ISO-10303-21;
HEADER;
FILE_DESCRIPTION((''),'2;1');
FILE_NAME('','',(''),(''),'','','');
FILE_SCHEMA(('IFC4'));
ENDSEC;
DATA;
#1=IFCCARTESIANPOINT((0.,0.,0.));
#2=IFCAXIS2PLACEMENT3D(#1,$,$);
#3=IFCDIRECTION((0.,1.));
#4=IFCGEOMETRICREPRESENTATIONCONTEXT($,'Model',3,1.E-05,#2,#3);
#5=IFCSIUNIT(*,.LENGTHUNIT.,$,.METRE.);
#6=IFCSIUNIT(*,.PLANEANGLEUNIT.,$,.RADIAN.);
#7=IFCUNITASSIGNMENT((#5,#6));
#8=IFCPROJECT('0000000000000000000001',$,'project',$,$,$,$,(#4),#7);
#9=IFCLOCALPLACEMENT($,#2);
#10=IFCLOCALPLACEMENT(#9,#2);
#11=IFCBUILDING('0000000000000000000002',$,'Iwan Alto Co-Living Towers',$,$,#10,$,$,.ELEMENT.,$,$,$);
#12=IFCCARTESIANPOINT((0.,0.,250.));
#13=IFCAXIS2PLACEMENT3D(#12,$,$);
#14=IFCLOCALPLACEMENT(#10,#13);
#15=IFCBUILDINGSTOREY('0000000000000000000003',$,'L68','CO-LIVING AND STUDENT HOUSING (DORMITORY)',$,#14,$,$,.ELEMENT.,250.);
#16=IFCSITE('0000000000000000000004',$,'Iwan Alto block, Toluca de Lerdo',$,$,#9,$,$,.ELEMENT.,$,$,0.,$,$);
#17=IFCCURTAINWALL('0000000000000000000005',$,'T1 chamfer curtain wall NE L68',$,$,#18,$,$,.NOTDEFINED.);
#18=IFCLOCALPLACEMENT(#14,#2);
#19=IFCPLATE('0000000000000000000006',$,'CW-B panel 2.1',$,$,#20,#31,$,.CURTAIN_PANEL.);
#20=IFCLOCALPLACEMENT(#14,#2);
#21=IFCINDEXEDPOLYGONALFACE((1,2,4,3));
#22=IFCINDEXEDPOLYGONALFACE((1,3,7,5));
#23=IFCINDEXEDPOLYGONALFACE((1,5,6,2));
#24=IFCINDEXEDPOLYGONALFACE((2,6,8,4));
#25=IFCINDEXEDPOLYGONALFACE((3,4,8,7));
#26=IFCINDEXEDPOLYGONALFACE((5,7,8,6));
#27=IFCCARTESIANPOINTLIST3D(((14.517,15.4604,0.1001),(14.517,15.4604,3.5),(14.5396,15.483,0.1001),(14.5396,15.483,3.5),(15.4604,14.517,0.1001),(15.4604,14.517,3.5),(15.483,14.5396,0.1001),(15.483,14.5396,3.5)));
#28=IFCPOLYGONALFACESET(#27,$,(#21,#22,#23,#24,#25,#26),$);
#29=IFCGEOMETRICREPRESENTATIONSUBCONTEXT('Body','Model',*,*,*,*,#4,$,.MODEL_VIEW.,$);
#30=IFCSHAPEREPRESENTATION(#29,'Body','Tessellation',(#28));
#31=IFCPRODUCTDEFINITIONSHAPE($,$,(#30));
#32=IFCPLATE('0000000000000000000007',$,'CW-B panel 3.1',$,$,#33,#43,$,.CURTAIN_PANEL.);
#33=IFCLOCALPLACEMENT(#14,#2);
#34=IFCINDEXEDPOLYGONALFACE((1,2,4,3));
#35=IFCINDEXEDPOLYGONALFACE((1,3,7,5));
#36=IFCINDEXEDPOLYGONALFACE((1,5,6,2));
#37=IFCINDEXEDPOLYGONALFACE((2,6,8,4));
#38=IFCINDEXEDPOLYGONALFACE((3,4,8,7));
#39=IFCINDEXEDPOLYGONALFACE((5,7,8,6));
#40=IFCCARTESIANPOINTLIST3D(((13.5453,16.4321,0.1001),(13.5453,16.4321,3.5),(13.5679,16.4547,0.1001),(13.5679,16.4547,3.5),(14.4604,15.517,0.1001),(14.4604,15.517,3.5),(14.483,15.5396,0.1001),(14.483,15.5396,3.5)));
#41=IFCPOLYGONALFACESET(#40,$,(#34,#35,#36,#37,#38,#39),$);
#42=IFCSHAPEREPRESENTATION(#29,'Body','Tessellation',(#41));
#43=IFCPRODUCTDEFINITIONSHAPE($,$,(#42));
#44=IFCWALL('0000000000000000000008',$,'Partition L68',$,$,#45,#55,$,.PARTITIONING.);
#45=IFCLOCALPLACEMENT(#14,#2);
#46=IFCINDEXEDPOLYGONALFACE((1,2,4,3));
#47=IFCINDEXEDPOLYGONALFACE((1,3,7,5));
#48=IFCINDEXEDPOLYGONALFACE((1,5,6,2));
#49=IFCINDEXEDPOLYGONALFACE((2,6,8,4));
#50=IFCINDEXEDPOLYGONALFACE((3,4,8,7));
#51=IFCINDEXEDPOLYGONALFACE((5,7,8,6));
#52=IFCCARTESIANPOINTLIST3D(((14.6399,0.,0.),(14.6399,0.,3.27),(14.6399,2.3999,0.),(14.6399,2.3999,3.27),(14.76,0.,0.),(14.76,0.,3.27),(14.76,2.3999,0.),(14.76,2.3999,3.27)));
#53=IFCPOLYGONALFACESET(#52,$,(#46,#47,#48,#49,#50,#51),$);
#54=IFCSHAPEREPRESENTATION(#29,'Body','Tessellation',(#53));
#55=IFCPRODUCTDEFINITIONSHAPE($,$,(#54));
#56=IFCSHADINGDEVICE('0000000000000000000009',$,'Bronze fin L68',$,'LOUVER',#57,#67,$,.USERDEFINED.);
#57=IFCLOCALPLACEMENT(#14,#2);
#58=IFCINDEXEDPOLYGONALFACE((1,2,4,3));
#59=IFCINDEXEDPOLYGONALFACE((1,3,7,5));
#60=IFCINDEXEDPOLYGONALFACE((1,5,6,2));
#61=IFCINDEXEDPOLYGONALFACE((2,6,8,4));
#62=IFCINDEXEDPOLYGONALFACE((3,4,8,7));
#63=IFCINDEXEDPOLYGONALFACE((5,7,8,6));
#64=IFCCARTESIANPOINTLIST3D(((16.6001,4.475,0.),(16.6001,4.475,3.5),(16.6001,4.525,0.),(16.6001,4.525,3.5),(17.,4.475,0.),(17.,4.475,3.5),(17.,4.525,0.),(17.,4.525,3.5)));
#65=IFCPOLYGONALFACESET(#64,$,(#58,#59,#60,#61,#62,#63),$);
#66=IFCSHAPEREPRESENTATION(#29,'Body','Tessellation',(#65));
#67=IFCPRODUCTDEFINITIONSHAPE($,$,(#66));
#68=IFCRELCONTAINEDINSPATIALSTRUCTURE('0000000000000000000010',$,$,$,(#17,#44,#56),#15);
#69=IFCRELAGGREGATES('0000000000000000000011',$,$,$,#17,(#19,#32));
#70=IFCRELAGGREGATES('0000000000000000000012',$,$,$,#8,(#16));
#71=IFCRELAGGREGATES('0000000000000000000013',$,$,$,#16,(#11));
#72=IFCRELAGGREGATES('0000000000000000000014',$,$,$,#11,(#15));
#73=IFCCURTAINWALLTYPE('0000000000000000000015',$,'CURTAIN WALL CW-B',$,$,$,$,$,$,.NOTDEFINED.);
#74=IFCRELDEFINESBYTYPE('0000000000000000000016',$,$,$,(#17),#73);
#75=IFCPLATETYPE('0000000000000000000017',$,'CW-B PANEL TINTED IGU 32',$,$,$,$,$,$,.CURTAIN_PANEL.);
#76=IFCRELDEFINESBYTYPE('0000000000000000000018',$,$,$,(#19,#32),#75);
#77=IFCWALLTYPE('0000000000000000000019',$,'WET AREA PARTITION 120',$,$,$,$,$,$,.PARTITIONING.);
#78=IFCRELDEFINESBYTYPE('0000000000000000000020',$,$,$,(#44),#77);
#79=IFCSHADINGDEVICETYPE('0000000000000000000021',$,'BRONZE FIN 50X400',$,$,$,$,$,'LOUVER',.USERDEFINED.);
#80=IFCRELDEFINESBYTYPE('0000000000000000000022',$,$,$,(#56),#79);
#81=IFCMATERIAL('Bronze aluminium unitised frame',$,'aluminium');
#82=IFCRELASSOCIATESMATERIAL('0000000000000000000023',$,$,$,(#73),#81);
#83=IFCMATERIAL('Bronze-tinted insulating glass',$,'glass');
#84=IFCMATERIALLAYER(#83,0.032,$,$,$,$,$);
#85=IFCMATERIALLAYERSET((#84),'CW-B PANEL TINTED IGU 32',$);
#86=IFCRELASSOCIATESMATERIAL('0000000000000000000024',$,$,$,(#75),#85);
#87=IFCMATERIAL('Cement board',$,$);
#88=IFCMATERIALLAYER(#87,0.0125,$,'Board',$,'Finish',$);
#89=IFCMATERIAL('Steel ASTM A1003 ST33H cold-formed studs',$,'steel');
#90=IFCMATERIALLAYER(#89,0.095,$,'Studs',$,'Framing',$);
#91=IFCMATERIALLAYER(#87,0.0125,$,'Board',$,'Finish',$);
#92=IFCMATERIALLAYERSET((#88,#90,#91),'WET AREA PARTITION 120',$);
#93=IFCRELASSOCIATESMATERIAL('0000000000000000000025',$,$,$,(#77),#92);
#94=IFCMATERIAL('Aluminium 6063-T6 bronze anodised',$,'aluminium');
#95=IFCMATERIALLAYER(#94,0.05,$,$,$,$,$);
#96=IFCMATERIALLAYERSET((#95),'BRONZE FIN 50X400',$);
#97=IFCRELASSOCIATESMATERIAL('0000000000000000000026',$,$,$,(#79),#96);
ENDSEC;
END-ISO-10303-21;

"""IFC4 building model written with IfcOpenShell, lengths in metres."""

from ifc_helpers import new_model, si_unit, direction, frame, frame_2d, origin, origin_2d, place, context, subcontext, project, spatial, rectangle, extrude, material, layer, layer_set, type_object, element, aggregate, save


model = new_model("IFC4")

# Units and contexts
model_context = context("Model", 3, precision=1e-05, world=origin(), true_north=direction((0.0, 1.0)))
body_context = subcontext(model_context, "Body", "Model", "MODEL_VIEW")
ifc_project = project(units=[si_unit("LENGTHUNIT", "METRE"), si_unit("PLANEANGLEUNIT", "RADIAN")], contexts=[model_context])

# Site, building, storey
site_placement = place(None, origin())
site = spatial("IfcSite", under=ifc_project, at=site_placement, Name="Iwan Alto block, Toluca de Lerdo", CompositionType="ELEMENT", RefElevation=0.0)
building_placement = place(site_placement, origin())
building = spatial("IfcBuilding", under=site, at=building_placement, Name="Iwan Alto Co-Living Towers", CompositionType="ELEMENT")
storey_placement = place(building_placement, frame((0.0, 0.0, 250.0)))
storey = spatial("IfcBuildingStorey", under=building, at=storey_placement, Name="L68", Description="CO-LIVING AND STUDENT HOUSING (DORMITORY)", CompositionType="ELEMENT", Elevation=250.0)

# Curtain wall
ifc_material_1 = material(Name="Bronze aluminium unitised frame", Category="aluminium")
curtain_wall_type_1 = type_object("IfcCurtainWallType", Name="CURTAIN WALL CW-B", PredefinedType="NOTDEFINED", material=ifc_material_1)
curtain_wall_1_placement = place(storey_placement, origin())
curtain_wall_1 = element("IfcCurtainWall", 1, at=curtain_wall_1_placement, inside=storey, type_object=curtain_wall_type_1, Name="T1 chamfer curtain wall NE L68", PredefinedType="NOTDEFINED")

# Plates
ifc_material_2 = material(Name="Bronze-tinted insulating glass", Category="glass")
ifc_layer_1 = layer(ifc_material_2, 0.032)
ifc_layer_set_1 = layer_set([ifc_layer_1], Name="CW-B PANEL TINTED IGU 32")
plate_type_1 = type_object("IfcPlateType", Name="CW-B PANEL TINTED IGU 32", PredefinedType="CURTAIN_PANEL", material=ifc_layer_set_1)
plate_1_placement = place(storey_placement, frame((15.0, 15.0, 0.1001), z_axis=(0.0, 0.0, 1.0), x_axis=(-0.707107, 0.707107, 0.0)))
plate_1 = element("IfcPlate", 2, at=plate_1_placement, type_object=plate_type_1, Name="CW-B panel 2.1", PredefinedType="CURTAIN_PANEL", context=body_context, shape_type="SweptSolid", body=[
    extrude(rectangle(XDim=1.3342, YDim=0.032, at=origin_2d()), origin(), (0.0, 0.0, 1.0), 3.3999),
])
plate_2_placement = place(storey_placement, frame((14.0142, 15.9858, 0.1001), z_axis=(0.0, 0.0, 1.0), x_axis=(-0.707107, 0.707107, 0.0)))
plate_2 = element("IfcPlate", 3, at=plate_2_placement, type_object=plate_type_1, Name="CW-B panel 3.1", PredefinedType="CURTAIN_PANEL", context=body_context, shape_type="SweptSolid", body=[
    extrude(rectangle(XDim=1.2942, YDim=0.032, at=origin_2d()), origin(), (0.0, 0.0, 1.0), 3.3999),
])
aggregate(curtain_wall_1, [plate_1, plate_2])

# Wall
ifc_material_3 = material(Name="Cement board")
ifc_layer_2 = layer(ifc_material_3, 0.0125, Name="Board", Category="Finish")
ifc_material_4 = material(Name="Steel ASTM A1003 ST33H cold-formed studs", Category="steel")
ifc_layer_3 = layer(ifc_material_4, 0.095, Name="Studs", Category="Framing")
ifc_layer_4 = layer(ifc_material_3, 0.0125, Name="Board", Category="Finish")
ifc_layer_set_2 = layer_set([ifc_layer_2, ifc_layer_3, ifc_layer_4], Name="WET AREA PARTITION 120")
wall_type = type_object("IfcWallType", Name="WET AREA PARTITION 120", PredefinedType="PARTITIONING", material=ifc_layer_set_2)
wall_placement = place(storey_placement, frame((14.7, 0.0, 0.0), z_axis=(0.0, 0.0, 1.0), x_axis=(0.0, 1.0, 0.0)))
element("IfcWall", 4, at=wall_placement, inside=storey, type_object=wall_type, Name="Partition L68", PredefinedType="PARTITIONING", context=body_context, shape_type="SweptSolid", body=[
    extrude(rectangle(XDim=2.3999, YDim=0.1201, at=frame_2d((1.2, 0.0))), origin(), (0.0, 0.0, 1.0), 3.27),
])

# Shading device
ifc_material_5 = material(Name="Aluminium 6063-T6 bronze anodised", Category="aluminium")
ifc_layer_5 = layer(ifc_material_5, 0.05)
ifc_layer_set_3 = layer_set([ifc_layer_5], Name="BRONZE FIN 50X400")
shading_device_type = type_object("IfcShadingDeviceType", Name="BRONZE FIN 50X400", ElementType="LOUVER", PredefinedType="USERDEFINED", material=ifc_layer_set_3)
shading_device_placement = place(storey_placement, frame((16.8, 4.5, 0.0), z_axis=(0.0, 0.0, 1.0), x_axis=(0.0, 1.0, 0.0)))
element("IfcShadingDevice", 5, at=shading_device_placement, inside=storey, type_object=shading_device_type, Name="Bronze fin L68", ObjectType="LOUVER", PredefinedType="USERDEFINED", context=body_context, shape_type="SweptSolid", body=[
    extrude(rectangle(XDim=0.05, YDim=0.3999, at=origin_2d()), origin(), (0.0, 0.0, 1.0), 3.5),
])

save(model, "model.ifc")
